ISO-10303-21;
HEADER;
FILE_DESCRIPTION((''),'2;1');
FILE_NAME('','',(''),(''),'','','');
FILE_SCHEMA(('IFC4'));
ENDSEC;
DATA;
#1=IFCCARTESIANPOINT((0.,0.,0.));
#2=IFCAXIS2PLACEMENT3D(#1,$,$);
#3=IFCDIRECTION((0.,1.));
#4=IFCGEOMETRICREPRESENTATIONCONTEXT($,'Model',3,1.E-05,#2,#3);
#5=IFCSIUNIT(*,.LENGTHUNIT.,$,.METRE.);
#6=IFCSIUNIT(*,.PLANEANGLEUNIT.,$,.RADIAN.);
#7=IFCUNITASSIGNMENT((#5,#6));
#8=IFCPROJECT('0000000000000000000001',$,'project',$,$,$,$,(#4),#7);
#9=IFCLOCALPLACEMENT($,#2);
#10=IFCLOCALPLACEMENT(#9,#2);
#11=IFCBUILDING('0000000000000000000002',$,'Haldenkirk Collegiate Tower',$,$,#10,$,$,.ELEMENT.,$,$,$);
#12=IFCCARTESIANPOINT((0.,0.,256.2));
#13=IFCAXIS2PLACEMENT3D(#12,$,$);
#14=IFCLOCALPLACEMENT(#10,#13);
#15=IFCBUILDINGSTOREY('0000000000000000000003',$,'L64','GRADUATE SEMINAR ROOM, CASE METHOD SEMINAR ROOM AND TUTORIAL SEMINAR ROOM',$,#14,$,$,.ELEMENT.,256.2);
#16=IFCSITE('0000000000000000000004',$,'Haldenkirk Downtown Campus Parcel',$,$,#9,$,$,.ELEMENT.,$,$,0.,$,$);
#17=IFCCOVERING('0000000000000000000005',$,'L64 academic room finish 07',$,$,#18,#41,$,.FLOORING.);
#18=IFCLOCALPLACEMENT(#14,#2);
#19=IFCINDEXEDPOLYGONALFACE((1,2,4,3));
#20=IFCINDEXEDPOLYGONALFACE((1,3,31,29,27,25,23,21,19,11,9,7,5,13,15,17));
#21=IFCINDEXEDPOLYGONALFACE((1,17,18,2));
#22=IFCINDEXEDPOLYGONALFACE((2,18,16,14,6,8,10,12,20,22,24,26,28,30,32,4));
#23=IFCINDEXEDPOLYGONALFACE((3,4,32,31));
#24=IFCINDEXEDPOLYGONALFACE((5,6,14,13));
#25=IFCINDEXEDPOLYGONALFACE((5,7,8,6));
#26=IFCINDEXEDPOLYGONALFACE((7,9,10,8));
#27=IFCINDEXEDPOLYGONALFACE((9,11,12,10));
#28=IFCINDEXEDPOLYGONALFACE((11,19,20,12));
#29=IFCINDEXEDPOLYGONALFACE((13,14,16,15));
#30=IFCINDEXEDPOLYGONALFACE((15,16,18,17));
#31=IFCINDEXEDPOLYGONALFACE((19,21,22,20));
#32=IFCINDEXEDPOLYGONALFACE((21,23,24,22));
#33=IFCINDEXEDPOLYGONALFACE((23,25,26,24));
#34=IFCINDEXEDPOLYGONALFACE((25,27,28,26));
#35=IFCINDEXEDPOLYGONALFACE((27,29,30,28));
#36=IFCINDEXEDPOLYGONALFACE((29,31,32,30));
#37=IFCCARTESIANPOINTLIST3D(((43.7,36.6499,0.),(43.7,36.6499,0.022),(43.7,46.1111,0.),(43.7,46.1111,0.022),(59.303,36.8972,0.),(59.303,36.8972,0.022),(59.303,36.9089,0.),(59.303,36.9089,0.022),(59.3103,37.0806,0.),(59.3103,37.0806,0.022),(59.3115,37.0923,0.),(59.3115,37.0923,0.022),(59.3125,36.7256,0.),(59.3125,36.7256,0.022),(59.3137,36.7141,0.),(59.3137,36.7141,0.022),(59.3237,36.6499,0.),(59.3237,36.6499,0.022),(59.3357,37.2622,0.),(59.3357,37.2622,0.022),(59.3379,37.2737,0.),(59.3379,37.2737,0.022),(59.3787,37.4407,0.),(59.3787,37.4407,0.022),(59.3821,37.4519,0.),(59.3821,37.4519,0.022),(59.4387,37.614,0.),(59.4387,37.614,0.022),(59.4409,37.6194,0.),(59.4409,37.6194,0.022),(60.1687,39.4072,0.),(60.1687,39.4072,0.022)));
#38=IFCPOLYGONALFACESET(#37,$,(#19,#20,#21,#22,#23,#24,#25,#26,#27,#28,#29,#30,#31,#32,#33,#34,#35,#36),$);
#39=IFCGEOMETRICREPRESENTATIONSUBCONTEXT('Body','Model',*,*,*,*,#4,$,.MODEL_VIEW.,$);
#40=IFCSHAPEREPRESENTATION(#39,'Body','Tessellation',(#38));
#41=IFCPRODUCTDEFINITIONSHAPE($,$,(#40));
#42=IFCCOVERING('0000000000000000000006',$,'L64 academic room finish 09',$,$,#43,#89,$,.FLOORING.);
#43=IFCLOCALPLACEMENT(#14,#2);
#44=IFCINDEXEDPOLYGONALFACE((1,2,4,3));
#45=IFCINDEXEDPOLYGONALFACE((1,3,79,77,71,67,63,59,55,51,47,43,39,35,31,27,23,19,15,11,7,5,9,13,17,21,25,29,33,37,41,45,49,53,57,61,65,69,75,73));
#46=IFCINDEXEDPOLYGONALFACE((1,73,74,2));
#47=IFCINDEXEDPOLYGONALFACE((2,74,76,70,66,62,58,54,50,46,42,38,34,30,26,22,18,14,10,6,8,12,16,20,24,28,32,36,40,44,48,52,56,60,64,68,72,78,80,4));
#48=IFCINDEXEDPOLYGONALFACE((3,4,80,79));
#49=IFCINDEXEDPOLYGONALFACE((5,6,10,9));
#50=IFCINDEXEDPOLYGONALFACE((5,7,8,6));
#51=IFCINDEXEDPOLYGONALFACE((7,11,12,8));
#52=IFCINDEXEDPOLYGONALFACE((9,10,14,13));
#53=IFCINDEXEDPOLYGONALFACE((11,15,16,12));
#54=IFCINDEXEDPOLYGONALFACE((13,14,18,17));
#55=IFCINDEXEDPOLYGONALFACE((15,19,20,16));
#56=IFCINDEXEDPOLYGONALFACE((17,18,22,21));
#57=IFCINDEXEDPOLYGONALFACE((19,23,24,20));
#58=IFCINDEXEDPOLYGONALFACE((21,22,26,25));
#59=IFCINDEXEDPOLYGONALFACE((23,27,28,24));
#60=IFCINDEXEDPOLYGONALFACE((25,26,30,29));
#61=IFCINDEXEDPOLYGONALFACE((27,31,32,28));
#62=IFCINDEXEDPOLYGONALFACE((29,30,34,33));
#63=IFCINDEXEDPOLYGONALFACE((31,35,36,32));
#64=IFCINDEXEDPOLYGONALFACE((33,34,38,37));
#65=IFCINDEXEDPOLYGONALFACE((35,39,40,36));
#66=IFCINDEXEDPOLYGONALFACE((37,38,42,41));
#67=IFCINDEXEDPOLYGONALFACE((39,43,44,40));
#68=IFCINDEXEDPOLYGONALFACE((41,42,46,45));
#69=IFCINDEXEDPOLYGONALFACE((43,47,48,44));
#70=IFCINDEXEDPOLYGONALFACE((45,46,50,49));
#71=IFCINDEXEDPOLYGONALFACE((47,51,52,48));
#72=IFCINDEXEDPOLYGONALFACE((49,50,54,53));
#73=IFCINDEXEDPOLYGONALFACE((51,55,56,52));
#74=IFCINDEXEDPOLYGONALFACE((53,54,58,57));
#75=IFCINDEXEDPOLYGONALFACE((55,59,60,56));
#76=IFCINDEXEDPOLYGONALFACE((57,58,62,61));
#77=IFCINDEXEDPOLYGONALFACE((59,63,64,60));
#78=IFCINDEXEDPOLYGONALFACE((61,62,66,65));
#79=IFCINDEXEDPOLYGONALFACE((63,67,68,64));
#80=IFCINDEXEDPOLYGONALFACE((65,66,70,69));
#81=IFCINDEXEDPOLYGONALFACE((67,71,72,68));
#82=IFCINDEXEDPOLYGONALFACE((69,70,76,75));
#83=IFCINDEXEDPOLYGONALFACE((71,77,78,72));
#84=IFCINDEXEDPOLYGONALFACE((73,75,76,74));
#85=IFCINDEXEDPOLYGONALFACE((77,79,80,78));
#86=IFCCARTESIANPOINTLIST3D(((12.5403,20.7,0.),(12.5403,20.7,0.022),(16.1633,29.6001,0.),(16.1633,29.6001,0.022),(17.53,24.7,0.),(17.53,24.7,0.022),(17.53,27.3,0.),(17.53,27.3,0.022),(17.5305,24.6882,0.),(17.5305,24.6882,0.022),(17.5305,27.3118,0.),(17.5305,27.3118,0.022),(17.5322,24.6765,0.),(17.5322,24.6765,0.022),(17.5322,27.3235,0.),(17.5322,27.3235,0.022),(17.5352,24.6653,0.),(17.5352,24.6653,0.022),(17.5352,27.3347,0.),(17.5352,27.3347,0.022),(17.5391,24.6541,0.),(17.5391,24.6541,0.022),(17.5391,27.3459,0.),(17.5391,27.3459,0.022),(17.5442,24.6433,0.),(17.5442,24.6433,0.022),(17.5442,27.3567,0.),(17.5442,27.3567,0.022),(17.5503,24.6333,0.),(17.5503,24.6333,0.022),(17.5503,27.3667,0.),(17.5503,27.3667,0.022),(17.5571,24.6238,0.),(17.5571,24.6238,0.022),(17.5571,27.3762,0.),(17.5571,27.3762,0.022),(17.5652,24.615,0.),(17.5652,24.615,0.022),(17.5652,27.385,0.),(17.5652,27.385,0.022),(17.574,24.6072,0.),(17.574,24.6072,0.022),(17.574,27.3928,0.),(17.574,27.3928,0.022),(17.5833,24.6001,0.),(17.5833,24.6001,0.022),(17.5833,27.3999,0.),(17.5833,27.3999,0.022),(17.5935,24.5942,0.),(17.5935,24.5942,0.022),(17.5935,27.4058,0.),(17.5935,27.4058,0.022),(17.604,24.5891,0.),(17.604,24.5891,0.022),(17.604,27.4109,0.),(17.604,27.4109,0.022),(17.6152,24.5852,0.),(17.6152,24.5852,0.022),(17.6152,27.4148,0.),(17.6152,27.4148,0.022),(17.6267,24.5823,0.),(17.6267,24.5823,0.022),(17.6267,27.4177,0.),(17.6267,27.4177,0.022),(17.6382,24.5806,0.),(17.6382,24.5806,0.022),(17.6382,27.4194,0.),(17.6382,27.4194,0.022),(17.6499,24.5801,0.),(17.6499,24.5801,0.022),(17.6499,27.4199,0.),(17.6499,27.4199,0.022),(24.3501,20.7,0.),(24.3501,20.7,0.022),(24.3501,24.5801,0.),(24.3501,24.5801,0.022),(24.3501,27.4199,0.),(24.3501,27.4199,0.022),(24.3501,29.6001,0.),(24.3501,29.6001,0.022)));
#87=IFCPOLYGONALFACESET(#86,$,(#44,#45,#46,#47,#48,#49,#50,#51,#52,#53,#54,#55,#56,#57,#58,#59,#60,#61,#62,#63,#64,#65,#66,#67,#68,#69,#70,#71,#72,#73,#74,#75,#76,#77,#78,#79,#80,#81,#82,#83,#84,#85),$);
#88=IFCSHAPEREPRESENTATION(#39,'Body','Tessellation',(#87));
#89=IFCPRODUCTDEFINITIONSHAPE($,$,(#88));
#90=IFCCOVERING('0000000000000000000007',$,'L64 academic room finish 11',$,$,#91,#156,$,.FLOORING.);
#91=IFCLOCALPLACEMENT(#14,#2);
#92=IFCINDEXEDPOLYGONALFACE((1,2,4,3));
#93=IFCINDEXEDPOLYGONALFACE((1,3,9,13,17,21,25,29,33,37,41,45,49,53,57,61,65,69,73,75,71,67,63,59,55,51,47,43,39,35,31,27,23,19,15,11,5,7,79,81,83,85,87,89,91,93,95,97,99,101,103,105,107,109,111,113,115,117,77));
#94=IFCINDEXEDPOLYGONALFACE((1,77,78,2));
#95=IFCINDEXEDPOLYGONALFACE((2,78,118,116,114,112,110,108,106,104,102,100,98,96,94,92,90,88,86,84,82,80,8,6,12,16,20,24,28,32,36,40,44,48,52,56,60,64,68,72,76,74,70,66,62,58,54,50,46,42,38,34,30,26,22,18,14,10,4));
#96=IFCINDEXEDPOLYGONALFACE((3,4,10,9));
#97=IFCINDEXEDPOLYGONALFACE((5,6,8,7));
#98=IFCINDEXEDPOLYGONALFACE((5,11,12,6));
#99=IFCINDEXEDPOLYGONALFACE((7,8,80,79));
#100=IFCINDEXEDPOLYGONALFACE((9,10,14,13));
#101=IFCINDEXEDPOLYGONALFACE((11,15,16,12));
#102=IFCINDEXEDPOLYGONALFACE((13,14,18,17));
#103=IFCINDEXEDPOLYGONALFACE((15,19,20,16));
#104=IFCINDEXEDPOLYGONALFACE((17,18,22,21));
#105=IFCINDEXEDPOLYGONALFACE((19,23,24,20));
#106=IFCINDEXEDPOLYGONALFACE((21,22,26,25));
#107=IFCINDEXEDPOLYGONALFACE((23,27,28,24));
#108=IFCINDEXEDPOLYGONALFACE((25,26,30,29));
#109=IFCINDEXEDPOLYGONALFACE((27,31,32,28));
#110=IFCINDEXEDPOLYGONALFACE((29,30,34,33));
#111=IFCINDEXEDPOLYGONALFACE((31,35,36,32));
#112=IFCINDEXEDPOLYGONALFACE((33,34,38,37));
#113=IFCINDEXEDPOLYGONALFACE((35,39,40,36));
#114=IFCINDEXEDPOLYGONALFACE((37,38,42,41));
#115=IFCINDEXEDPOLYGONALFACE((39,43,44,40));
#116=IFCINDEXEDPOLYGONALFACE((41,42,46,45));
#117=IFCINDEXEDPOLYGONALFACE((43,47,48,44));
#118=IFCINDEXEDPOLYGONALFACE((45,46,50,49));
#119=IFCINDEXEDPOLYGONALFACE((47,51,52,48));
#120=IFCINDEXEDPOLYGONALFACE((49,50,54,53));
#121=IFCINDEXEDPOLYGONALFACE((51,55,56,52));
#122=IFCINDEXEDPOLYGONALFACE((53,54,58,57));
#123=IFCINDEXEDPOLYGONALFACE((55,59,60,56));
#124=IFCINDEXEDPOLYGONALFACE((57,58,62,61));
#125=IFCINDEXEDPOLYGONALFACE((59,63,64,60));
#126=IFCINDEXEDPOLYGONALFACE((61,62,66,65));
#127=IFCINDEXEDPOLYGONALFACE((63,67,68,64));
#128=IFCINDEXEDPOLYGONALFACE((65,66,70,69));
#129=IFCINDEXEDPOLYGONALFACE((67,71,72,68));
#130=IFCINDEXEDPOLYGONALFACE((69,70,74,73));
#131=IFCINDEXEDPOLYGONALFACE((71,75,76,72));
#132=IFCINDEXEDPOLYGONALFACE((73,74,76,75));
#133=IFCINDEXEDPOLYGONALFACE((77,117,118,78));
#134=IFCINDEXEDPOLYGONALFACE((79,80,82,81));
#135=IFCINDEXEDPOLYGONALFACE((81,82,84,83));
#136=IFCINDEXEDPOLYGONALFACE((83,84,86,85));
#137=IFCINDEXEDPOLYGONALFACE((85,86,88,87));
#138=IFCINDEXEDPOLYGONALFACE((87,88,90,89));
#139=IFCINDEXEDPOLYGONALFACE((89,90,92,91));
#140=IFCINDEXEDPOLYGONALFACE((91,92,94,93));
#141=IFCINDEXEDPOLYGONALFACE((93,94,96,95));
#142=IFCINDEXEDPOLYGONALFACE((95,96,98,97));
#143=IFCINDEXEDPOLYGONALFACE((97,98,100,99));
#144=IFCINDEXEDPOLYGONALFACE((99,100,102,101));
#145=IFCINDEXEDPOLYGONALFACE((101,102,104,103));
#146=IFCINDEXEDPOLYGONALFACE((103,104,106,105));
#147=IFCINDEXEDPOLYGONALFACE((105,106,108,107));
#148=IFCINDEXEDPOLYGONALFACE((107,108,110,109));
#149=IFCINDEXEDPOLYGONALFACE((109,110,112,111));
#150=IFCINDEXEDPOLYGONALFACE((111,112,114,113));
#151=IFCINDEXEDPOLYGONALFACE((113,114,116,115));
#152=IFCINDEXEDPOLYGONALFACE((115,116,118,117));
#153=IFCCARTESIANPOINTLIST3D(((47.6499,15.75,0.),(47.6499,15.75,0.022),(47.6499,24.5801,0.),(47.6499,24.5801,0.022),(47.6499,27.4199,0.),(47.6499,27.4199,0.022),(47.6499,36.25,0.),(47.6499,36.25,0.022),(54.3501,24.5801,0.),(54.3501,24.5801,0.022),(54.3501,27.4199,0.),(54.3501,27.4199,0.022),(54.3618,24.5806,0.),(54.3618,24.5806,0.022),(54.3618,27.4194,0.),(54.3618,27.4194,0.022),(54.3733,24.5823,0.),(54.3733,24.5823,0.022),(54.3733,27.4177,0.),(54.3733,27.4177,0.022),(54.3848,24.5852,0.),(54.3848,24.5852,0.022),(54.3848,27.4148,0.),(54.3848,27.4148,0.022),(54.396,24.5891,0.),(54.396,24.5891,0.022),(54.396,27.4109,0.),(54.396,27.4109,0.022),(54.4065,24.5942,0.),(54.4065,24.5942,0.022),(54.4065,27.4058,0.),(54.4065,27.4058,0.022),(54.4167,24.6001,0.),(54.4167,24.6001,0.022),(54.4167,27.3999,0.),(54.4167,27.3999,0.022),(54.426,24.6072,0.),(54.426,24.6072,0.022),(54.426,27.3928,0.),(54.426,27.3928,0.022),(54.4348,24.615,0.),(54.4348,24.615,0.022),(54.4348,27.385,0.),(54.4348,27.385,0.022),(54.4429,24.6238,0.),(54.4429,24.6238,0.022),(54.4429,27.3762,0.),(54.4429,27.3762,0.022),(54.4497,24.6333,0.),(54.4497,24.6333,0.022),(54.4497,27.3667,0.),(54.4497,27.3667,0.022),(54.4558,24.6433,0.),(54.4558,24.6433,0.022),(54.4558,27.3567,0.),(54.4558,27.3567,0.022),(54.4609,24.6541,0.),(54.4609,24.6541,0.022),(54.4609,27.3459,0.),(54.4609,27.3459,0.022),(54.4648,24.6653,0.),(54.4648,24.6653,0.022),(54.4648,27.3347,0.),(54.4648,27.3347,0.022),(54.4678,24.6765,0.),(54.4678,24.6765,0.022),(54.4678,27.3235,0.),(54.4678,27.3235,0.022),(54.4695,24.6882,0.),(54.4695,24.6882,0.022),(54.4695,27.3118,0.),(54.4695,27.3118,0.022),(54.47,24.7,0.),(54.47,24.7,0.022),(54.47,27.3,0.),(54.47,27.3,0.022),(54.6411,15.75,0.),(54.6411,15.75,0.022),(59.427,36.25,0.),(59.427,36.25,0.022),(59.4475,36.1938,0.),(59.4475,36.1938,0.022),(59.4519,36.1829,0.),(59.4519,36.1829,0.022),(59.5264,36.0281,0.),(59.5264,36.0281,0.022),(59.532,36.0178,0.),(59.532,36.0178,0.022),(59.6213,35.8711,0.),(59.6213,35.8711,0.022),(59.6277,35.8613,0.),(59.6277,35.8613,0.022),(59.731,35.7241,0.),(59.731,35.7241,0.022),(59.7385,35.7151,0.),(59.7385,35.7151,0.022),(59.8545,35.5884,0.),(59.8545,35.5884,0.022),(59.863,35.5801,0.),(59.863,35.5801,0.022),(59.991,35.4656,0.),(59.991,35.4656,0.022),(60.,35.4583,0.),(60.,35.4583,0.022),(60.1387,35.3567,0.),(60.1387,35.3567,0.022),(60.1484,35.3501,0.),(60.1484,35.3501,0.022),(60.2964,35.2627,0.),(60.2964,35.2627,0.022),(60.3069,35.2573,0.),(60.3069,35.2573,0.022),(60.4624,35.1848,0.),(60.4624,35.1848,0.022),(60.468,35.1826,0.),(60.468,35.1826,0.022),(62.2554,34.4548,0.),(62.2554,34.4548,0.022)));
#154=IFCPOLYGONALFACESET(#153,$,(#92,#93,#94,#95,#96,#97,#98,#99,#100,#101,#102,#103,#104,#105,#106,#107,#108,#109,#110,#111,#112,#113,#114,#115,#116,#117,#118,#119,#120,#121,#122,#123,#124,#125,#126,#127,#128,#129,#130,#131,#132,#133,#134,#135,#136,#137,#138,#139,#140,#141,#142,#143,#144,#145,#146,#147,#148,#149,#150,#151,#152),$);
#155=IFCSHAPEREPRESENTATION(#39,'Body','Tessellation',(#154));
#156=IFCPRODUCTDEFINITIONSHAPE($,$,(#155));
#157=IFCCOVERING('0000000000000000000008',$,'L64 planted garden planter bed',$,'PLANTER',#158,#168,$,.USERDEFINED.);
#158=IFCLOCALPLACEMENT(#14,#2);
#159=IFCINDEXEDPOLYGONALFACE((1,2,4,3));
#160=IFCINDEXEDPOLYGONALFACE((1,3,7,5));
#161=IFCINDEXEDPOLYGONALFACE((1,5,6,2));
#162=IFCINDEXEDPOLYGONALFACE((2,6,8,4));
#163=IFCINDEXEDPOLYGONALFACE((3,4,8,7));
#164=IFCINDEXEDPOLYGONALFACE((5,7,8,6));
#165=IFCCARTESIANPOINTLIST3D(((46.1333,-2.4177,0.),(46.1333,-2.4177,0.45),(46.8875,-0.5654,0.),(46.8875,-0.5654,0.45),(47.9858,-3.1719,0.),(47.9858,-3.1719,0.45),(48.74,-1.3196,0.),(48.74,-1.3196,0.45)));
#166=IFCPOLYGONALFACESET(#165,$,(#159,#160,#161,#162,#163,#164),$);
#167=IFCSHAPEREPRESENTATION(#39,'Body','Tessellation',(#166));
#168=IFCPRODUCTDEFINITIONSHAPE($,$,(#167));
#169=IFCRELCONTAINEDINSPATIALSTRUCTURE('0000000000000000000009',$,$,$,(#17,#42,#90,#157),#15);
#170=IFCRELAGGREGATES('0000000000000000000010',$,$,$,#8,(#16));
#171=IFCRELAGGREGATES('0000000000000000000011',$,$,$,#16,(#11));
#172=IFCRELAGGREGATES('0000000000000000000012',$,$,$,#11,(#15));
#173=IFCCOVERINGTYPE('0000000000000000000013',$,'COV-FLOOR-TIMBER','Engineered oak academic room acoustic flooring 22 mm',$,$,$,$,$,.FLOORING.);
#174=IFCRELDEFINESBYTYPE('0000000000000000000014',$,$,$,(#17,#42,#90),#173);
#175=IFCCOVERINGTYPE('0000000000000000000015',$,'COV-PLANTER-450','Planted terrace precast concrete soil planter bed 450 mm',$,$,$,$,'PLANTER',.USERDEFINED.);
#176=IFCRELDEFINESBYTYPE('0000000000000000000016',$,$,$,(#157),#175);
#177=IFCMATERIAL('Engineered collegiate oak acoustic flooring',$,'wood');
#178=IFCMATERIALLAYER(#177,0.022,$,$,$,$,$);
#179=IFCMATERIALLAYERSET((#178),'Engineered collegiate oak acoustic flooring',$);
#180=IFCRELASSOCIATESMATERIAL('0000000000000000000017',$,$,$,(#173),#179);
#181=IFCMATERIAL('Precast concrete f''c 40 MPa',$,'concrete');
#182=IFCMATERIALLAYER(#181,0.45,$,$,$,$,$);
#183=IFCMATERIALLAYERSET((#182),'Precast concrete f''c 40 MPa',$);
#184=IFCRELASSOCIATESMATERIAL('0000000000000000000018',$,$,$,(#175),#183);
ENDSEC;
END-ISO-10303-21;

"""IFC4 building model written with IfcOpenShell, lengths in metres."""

from ifc_helpers import new_model, si_unit, direction, frame, origin, place, context, subcontext, project, spatial, polyline, outline, extrude, material, layer, layer_set, type_object, element, save


model = new_model("IFC4")

# Units and contexts
model_context = context("Model", 3, precision=1e-05, world=origin(), true_north=direction((0.0, 1.0)))
body_context = subcontext(model_context, "Body", "Model", "MODEL_VIEW")
ifc_project = project(units=[si_unit("LENGTHUNIT", "METRE"), si_unit("PLANEANGLEUNIT", "RADIAN")], contexts=[model_context])

# Site, building, storey
site_placement = place(None, origin())
site = spatial("IfcSite", under=ifc_project, at=site_placement, Name="Haldenkirk Downtown Campus Parcel", CompositionType="ELEMENT", RefElevation=0.0)
building_placement = place(site_placement, origin())
building = spatial("IfcBuilding", under=site, at=building_placement, Name="Haldenkirk Collegiate Tower", CompositionType="ELEMENT")
storey_placement = place(building_placement, frame((0.0, 0.0, 256.2)))
storey = spatial("IfcBuildingStorey", under=building, at=storey_placement, Name="L64", Description="GRADUATE SEMINAR ROOM, CASE METHOD SEMINAR ROOM AND TUTORIAL SEMINAR ROOM", CompositionType="ELEMENT", Elevation=256.2)

# Shared definitions
ifc_material_1 = material(Name="Precast concrete f'c 40 MPa", Category="concrete")

# Coverings
ifc_material_2 = material(Name="Engineered collegiate oak acoustic flooring", Category="wood")
ifc_layer_1 = layer(ifc_material_2, 0.022)
ifc_layer_set_1 = layer_set([ifc_layer_1], Name="Engineered collegiate oak acoustic flooring")
covering_type_1 = type_object("IfcCoveringType", Name="COV-FLOOR-TIMBER", Description="Engineered oak academic room acoustic flooring 22 mm", PredefinedType="FLOORING", material=ifc_layer_set_1)
covering_1_placement = place(storey_placement, origin())
element("IfcCovering", 1, at=covering_1_placement, inside=storey, type_object=covering_type_1, Name="L64 academic room finish 07", PredefinedType="FLOORING", context=body_context, shape_type="SweptSolid", body=[
    extrude(outline(polyline([(59.3237, 36.6499), (43.7, 36.6499), (43.7, 46.1111), (60.1687, 39.4072), (59.4409, 37.6194), (59.4387, 37.614), (59.3821, 37.4519), (59.3787, 37.4407), (59.3379, 37.2737), (59.3357, 37.2622), (59.3115, 37.0923), (59.3103, 37.0806), (59.303, 36.9089), (59.303, 36.8972), (59.3125, 36.7256), (59.3137, 36.7141), (59.3237, 36.6499)])), origin(), (0.0, 0.0, 1.0), 0.022),
])
covering_2_placement = place(storey_placement, origin())
element("IfcCovering", 2, at=covering_2_placement, inside=storey, type_object=covering_type_1, Name="L64 academic room finish 09", PredefinedType="FLOORING", context=body_context, shape_type="SweptSolid", body=[
    extrude(outline(polyline([(16.1633, 29.6001), (24.3501, 29.6001), (24.3501, 27.4199), (17.6499, 27.4199), (17.6382, 27.4194), (17.6267, 27.4177), (17.6152, 27.4148), (17.604, 27.4109), (17.5935, 27.4058), (17.5833, 27.3999), (17.574, 27.3928), (17.5652, 27.385), (17.5571, 27.3762), (17.5503, 27.3667), (17.5442, 27.3567), (17.5391, 27.3459), (17.5352, 27.3347), (17.5322, 27.3235), (17.5305, 27.3118), (17.53, 27.3), (17.53, 24.7), (17.5305, 24.6882), (17.5322, 24.6765), (17.5352, 24.6653), (17.5391, 24.6541), (17.5442, 24.6433), (17.5503, 24.6333), (17.5571, 24.6238), (17.5652, 24.615), (17.574, 24.6072), (17.5833, 24.6001), (17.5935, 24.5942), (17.604, 24.5891), (17.6152, 24.5852), (17.6267, 24.5823), (17.6382, 24.5806), (17.6499, 24.5801), (24.3501, 24.5801), (24.3501, 20.7), (12.5403, 20.7), (16.1633, 29.6001)])), origin(), (0.0, 0.0, 1.0), 0.022),
])
covering_3_placement = place(storey_placement, origin())
element("IfcCovering", 3, at=covering_3_placement, inside=storey, type_object=covering_type_1, Name="L64 academic room finish 11", PredefinedType="FLOORING", context=body_context, shape_type="SweptSolid", body=[
    extrude(outline(polyline([(59.4475, 36.1938), (59.4519, 36.1829), (59.5264, 36.0281), (59.532, 36.0178), (59.6213, 35.8711), (59.6277, 35.8613), (59.731, 35.7241), (59.7385, 35.7151), (59.8545, 35.5884), (59.863, 35.5801), (59.991, 35.4656), (60.0, 35.4583), (60.1387, 35.3567), (60.1484, 35.3501), (60.2964, 35.2627), (60.3069, 35.2573), (60.4624, 35.1848), (60.468, 35.1826), (62.2554, 34.4548), (54.6411, 15.75), (47.6499, 15.75), (47.6499, 24.5801), (54.3501, 24.5801), (54.3618, 24.5806), (54.3733, 24.5823), (54.3848, 24.5852), (54.396, 24.5891), (54.4065, 24.5942), (54.4167, 24.6001), (54.426, 24.6072), (54.4348, 24.615), (54.4429, 24.6238), (54.4497, 24.6333), (54.4558, 24.6433), (54.4609, 24.6541), (54.4648, 24.6653), (54.4678, 24.6765), (54.4695, 24.6882), (54.47, 24.7), (54.47, 27.3), (54.4695, 27.3118), (54.4678, 27.3235), (54.4648, 27.3347), (54.4609, 27.3459), (54.4558, 27.3567), (54.4497, 27.3667), (54.4429, 27.3762), (54.4348, 27.385), (54.426, 27.3928), (54.4167, 27.3999), (54.4065, 27.4058), (54.396, 27.4109), (54.3848, 27.4148), (54.3733, 27.4177), (54.3618, 27.4194), (54.3501, 27.4199), (47.6499, 27.4199), (47.6499, 36.25), (59.427, 36.25), (59.4475, 36.1938)])), origin(), (0.0, 0.0, 1.0), 0.022),
])
ifc_layer_2 = layer(ifc_material_1, 0.45)
ifc_layer_set_2 = layer_set([ifc_layer_2], Name="Precast concrete f'c 40 MPa")
covering_type_2 = type_object("IfcCoveringType", Name="COV-PLANTER-450", Description="Planted terrace precast concrete soil planter bed 450 mm", ElementType="PLANTER", PredefinedType="USERDEFINED", material=ifc_layer_set_2)
covering_4_placement = place(storey_placement, origin())
element("IfcCovering", 4, at=covering_4_placement, inside=storey, type_object=covering_type_2, Name="L64 planted garden planter bed", ObjectType="PLANTER", PredefinedType="USERDEFINED", context=body_context, shape_type="SweptSolid", body=[
    extrude(outline(polyline([(47.9858, -3.1719), (46.1333, -2.4177), (46.8875, -0.5654), (48.74, -1.3196), (47.9858, -3.1719)])), origin(), (0.0, 0.0, 1.0), 0.45),
])

save(model, "model.ifc")
